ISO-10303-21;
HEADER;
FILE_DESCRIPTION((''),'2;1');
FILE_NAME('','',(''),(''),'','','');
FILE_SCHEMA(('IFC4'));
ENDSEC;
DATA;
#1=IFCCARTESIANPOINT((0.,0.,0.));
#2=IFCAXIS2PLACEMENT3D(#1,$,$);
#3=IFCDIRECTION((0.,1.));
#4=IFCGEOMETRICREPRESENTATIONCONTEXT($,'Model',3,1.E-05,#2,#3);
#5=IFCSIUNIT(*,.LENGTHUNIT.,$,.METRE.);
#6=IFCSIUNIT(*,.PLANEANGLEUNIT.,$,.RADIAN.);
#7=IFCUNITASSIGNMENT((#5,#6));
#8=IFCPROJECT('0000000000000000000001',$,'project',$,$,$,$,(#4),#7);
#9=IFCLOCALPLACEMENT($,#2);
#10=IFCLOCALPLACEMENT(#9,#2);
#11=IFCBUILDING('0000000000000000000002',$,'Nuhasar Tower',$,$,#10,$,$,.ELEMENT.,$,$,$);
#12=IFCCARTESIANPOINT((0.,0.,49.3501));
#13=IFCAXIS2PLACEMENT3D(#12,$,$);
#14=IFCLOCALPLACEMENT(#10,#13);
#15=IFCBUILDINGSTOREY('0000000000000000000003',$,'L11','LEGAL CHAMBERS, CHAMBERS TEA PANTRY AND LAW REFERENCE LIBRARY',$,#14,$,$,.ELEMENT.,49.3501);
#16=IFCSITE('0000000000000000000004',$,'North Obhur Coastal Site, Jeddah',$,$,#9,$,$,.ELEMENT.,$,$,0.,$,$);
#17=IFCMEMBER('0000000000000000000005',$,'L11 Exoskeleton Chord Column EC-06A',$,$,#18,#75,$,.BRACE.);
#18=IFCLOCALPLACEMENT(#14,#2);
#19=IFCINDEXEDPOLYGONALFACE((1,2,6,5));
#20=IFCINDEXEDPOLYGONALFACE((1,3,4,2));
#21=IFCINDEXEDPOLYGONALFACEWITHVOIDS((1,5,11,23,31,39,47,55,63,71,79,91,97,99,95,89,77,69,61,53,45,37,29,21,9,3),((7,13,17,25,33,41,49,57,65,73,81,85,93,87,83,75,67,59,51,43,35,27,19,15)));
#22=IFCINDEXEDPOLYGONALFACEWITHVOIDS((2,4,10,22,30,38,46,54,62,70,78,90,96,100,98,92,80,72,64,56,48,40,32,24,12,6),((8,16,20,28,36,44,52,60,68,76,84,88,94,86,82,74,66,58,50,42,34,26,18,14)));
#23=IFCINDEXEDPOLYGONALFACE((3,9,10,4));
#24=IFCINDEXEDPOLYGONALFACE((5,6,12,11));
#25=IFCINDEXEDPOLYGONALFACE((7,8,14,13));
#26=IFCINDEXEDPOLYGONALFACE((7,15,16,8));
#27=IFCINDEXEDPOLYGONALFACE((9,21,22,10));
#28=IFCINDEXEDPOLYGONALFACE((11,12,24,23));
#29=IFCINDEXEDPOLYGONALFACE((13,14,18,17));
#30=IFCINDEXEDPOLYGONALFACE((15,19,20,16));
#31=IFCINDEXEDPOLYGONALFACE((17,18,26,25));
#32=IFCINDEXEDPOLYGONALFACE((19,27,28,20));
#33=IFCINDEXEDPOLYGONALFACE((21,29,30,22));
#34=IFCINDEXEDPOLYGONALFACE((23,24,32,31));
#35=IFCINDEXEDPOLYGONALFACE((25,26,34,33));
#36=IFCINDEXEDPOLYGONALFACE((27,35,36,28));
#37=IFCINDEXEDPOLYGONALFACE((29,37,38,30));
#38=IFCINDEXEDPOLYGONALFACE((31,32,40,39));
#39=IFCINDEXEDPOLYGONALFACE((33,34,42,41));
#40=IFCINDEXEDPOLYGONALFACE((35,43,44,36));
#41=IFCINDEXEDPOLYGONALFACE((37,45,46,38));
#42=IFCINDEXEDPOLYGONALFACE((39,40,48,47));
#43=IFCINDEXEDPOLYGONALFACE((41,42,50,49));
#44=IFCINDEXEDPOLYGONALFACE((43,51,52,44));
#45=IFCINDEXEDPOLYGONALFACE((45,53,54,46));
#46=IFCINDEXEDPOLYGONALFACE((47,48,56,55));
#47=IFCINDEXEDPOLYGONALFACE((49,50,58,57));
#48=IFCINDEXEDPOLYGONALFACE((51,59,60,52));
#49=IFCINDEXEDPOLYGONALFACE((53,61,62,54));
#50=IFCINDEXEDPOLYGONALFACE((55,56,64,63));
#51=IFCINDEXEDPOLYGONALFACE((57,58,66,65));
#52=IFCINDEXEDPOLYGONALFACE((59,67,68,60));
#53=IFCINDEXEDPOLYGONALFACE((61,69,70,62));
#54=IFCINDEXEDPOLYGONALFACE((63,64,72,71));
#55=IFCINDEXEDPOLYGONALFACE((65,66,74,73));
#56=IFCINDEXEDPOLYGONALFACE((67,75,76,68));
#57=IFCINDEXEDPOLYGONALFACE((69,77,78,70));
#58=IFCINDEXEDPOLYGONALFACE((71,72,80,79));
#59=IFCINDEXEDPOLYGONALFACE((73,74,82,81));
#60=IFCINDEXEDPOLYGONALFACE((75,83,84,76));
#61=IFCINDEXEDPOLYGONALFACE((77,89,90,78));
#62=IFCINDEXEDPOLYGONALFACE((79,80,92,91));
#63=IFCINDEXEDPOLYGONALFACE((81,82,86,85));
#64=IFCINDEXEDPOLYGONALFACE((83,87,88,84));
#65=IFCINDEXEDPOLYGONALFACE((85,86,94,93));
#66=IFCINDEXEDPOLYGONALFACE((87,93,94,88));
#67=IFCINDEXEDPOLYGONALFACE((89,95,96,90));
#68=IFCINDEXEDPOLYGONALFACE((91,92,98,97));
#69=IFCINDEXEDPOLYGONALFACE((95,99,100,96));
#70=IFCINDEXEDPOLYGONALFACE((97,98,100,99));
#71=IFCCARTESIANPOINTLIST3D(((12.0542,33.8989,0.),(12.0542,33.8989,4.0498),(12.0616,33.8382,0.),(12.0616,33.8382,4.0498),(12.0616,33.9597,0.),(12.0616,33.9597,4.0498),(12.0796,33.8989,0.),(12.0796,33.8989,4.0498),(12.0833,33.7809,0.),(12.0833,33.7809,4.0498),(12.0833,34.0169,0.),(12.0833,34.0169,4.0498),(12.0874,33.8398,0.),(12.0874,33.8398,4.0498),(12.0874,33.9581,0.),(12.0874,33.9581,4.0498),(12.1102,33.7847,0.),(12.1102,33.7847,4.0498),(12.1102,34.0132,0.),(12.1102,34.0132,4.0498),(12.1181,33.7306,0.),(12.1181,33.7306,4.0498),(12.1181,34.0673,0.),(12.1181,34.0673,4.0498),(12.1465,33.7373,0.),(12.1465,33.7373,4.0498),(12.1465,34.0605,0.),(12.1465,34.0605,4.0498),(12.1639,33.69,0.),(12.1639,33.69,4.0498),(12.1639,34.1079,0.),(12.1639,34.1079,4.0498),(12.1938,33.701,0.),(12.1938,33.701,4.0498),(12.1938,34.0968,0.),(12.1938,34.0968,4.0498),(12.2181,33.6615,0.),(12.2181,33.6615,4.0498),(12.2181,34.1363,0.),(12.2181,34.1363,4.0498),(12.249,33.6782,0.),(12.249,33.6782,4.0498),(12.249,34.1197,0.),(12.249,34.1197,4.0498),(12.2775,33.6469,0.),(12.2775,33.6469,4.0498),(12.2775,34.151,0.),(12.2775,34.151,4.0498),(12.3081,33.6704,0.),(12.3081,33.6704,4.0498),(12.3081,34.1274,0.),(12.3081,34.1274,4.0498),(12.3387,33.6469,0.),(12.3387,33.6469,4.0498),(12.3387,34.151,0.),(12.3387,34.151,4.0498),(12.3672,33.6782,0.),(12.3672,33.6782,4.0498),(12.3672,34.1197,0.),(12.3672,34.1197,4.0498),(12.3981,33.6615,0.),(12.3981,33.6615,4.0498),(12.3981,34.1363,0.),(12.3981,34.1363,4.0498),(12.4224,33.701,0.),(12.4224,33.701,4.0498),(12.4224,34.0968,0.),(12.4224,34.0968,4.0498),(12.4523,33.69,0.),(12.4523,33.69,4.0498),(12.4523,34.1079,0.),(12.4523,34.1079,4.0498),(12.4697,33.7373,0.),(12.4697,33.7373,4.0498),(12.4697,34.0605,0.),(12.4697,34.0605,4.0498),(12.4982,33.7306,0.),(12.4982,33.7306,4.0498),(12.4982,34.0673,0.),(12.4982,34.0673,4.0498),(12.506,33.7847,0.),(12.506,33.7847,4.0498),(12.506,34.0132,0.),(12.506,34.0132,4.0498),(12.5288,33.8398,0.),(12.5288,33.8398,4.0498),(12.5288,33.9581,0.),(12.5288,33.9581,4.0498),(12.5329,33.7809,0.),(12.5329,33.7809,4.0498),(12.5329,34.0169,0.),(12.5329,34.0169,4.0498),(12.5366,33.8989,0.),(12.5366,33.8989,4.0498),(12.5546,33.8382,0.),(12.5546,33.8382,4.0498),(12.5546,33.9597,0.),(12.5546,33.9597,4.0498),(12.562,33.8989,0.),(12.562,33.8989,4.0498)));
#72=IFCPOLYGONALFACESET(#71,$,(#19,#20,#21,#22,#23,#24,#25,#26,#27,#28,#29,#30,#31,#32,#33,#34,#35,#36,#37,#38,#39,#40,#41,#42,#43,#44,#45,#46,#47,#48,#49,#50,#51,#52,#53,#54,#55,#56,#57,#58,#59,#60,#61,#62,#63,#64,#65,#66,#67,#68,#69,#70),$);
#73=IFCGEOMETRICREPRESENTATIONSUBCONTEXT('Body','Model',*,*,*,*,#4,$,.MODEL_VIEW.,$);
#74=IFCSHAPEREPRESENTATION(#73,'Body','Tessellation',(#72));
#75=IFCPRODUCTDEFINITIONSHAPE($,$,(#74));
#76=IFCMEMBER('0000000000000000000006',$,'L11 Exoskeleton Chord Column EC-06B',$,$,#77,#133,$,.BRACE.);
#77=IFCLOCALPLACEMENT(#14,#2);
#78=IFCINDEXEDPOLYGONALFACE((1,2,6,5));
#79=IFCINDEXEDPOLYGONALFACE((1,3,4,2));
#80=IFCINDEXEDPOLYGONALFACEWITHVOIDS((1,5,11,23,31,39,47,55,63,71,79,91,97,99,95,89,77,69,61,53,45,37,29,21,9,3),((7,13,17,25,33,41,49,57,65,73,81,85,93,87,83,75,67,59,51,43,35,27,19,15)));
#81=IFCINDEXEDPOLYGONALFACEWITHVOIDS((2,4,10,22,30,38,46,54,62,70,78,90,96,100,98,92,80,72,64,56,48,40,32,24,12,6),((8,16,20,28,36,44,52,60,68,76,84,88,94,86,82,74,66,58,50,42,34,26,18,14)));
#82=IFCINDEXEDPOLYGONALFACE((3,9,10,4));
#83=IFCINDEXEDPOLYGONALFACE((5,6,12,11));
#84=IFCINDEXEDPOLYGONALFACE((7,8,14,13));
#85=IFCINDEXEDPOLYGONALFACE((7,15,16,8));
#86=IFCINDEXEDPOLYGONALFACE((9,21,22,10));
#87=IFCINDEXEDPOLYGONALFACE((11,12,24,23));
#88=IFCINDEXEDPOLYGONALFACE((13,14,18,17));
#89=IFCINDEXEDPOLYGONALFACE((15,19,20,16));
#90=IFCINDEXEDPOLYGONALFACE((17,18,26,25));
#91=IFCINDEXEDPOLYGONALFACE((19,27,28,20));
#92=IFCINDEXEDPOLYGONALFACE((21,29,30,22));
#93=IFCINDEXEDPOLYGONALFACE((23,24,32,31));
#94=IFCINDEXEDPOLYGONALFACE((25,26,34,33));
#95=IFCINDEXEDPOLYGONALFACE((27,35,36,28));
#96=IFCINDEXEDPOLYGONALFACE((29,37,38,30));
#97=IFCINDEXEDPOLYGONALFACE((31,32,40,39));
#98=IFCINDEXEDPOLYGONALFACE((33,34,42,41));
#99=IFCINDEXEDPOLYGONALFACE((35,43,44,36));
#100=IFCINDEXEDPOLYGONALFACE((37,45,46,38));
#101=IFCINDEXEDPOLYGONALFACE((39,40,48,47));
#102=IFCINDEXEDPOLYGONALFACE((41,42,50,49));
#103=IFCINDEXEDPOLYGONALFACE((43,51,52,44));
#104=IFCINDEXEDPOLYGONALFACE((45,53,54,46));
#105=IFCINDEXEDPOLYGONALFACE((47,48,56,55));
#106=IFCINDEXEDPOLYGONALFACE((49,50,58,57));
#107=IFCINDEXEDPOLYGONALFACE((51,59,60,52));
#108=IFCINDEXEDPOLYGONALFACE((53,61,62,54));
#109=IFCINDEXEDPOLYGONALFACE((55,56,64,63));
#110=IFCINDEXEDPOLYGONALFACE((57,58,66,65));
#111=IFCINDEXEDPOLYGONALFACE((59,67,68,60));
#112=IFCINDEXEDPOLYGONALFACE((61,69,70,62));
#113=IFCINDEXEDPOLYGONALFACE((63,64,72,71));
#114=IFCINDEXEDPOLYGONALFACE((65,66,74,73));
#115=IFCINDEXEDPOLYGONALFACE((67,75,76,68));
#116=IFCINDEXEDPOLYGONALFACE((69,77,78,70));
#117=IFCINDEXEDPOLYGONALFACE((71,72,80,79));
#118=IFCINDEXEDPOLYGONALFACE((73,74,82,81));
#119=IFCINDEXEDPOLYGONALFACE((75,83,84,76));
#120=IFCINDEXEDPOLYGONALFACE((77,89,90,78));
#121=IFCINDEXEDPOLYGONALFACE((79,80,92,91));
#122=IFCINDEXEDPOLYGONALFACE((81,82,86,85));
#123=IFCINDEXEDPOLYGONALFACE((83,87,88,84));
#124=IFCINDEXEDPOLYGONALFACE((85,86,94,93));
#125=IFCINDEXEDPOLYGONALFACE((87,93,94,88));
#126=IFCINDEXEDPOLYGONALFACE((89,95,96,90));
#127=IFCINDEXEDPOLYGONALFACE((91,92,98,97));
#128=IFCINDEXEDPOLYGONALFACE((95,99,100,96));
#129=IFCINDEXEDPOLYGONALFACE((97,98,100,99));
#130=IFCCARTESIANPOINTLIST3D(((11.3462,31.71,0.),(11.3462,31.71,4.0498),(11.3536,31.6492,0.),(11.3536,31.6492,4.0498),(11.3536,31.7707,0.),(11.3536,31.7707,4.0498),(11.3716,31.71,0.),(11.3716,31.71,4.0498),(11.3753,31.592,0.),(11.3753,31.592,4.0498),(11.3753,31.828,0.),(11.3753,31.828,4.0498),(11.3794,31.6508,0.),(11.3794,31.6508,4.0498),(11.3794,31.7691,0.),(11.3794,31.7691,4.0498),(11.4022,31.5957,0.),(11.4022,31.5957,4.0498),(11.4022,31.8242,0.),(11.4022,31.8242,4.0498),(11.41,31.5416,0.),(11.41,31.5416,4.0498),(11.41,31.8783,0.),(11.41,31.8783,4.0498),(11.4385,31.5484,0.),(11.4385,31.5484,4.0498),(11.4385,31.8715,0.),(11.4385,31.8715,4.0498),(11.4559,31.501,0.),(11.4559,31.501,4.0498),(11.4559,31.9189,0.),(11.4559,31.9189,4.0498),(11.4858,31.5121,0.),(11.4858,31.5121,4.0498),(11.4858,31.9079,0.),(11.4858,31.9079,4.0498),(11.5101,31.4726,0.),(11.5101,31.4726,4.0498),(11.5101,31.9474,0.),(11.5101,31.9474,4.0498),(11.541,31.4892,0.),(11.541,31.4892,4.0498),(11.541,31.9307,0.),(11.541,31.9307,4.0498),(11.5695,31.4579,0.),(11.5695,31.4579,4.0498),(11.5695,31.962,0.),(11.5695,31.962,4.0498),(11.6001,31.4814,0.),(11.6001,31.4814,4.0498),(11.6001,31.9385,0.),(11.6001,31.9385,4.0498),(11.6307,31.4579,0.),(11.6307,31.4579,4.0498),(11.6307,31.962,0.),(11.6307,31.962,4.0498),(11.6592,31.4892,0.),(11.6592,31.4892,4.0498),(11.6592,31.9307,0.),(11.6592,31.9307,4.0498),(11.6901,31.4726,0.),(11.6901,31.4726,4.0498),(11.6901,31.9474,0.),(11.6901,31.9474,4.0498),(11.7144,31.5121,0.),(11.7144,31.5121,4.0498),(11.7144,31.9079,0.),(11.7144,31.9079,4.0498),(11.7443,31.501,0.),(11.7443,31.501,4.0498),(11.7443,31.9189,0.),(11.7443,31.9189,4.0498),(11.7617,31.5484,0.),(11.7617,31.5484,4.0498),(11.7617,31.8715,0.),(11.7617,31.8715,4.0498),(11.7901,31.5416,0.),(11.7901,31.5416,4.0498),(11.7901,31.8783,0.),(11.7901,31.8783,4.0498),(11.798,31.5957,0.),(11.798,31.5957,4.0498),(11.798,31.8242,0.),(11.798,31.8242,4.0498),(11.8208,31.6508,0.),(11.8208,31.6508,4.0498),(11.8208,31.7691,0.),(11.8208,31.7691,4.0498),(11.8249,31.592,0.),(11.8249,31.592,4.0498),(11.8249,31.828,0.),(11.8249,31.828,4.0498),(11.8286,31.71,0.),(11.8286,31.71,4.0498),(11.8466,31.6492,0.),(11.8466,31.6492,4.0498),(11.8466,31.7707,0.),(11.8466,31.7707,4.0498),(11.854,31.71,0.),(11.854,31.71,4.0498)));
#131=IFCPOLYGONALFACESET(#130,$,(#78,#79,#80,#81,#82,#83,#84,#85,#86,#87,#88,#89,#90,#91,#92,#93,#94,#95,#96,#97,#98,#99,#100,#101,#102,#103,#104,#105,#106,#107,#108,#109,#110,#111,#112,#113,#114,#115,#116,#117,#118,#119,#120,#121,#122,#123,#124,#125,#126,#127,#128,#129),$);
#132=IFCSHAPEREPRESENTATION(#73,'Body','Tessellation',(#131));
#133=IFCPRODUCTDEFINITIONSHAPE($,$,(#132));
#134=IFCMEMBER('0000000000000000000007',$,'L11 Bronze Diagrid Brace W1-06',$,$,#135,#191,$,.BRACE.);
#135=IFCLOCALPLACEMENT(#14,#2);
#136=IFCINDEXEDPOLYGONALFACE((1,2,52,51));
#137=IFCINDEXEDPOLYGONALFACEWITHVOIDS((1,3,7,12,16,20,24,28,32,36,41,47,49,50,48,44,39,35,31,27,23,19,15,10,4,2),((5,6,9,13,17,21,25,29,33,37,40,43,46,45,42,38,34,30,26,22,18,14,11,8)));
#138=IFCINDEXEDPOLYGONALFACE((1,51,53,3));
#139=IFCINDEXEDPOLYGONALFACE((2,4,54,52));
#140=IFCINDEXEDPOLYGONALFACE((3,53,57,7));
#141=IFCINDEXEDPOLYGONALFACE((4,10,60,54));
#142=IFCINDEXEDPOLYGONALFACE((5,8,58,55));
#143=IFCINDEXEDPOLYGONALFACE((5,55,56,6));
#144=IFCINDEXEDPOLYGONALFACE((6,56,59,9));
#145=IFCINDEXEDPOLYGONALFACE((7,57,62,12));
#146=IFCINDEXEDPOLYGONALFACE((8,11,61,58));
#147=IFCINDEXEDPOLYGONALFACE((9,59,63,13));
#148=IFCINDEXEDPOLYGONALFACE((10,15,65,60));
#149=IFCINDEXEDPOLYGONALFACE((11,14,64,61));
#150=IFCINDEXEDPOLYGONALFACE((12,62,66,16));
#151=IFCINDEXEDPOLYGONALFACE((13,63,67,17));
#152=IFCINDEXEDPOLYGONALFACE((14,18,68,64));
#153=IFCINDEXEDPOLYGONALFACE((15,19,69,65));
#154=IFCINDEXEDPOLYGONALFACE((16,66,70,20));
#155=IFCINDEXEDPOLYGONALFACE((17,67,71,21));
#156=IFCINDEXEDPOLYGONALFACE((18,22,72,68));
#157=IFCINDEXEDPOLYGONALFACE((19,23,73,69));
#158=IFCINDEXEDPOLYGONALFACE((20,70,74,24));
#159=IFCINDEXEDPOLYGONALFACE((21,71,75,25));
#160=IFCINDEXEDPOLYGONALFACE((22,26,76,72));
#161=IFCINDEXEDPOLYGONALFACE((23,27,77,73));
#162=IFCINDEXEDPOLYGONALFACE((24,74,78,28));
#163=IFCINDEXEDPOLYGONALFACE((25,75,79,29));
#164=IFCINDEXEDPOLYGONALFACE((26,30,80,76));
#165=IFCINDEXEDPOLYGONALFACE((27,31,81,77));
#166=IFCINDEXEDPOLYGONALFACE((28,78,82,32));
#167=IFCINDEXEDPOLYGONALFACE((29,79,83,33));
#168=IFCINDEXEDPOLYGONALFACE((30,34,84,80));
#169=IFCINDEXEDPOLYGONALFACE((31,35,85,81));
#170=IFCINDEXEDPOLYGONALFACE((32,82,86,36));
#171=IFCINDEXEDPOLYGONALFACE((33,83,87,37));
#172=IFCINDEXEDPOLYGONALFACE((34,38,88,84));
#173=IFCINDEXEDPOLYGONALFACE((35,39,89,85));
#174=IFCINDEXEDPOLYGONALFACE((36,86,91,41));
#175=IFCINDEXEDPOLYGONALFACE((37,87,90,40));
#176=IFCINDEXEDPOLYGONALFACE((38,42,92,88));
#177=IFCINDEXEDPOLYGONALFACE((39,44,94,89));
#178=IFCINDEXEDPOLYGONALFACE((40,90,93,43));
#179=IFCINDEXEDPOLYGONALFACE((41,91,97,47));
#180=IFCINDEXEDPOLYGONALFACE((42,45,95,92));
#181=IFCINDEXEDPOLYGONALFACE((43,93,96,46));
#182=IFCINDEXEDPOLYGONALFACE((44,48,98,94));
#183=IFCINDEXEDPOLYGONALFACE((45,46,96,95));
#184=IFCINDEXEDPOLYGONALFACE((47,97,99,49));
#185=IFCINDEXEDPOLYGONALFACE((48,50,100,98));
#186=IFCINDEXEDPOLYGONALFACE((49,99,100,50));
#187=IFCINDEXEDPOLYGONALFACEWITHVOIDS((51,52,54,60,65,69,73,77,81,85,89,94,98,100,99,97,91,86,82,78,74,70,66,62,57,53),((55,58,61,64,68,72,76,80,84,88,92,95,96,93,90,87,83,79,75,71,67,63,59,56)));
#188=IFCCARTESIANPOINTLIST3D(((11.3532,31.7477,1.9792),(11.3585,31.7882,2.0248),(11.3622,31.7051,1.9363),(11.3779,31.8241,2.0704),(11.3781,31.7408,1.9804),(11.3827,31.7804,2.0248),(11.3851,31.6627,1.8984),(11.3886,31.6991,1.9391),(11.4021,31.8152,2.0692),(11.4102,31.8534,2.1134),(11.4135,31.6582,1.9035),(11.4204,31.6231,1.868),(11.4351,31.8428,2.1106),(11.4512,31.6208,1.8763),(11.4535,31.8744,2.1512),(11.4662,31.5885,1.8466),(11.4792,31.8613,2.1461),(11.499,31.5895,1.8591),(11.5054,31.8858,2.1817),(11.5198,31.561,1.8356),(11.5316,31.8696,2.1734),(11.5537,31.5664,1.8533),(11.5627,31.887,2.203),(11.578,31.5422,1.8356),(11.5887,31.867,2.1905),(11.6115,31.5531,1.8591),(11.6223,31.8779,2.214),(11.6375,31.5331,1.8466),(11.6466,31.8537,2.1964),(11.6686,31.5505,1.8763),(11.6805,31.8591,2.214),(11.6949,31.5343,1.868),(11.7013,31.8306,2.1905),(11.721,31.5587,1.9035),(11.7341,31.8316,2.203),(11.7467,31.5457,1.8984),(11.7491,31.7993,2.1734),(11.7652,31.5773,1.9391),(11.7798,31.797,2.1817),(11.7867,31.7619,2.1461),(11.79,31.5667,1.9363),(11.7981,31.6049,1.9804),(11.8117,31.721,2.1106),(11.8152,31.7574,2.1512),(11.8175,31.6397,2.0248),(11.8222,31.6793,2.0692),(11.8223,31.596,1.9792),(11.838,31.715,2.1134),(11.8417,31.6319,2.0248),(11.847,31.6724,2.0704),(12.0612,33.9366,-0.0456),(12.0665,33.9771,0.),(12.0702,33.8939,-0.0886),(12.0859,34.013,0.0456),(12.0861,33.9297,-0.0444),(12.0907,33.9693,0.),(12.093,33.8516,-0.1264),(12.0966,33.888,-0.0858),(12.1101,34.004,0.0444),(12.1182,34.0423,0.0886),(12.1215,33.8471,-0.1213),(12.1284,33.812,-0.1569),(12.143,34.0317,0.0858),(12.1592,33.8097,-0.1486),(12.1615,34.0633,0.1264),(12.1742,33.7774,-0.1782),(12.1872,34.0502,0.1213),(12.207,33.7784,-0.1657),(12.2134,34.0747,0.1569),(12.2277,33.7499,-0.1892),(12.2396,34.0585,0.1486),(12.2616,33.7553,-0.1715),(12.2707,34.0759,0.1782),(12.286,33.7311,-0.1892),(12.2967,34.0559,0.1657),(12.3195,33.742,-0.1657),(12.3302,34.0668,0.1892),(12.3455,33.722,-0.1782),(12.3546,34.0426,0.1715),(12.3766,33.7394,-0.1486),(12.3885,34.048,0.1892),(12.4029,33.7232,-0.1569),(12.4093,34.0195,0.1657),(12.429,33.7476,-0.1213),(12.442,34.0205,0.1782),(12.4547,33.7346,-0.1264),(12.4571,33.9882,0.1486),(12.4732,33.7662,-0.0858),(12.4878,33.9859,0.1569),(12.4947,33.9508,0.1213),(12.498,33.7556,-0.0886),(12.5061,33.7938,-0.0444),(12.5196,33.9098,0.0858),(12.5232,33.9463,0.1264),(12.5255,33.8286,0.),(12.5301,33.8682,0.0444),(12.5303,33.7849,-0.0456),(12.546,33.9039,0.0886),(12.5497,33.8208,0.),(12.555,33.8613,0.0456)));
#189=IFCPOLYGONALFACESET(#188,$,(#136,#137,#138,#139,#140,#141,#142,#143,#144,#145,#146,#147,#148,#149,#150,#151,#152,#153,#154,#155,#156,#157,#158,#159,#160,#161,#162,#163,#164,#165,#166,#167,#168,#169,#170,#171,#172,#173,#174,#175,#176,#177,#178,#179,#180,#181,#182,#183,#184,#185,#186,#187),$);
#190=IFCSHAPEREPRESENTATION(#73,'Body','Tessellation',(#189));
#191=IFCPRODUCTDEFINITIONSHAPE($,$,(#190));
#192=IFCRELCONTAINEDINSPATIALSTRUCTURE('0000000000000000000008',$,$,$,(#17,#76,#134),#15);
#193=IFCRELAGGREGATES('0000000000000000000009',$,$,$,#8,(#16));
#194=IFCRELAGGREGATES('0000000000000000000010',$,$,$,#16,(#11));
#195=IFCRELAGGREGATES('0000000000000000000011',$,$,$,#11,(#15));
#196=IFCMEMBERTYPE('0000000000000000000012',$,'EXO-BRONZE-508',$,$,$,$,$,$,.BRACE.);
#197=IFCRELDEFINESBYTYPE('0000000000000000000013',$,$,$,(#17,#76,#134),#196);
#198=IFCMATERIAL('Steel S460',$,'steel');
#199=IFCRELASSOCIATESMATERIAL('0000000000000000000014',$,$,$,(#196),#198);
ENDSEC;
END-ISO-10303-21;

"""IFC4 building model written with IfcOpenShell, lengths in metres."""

from ifc_helpers import new_model, si_unit, direction, frame, origin, origin_2d, place, context, subcontext, project, spatial, hollow_circle, extrude, material, material_profile, profile_set, type_object, element, save


model = new_model("IFC4")

# Units and contexts
model_context = context("Model", 3, precision=1e-05, world=origin(), true_north=direction((0.0, 1.0)))
body_context = subcontext(model_context, "Body", "Model", "MODEL_VIEW")
ifc_project = project(units=[si_unit("LENGTHUNIT", "METRE"), si_unit("PLANEANGLEUNIT", "RADIAN")], contexts=[model_context])

# Site, building, storey
site_placement = place(None, origin())
site = spatial("IfcSite", under=ifc_project, at=site_placement, Name="North Obhur Coastal Site, Jeddah", CompositionType="ELEMENT", RefElevation=0.0)
building_placement = place(site_placement, origin())
building = spatial("IfcBuilding", under=site, at=building_placement, Name="Nuhasar Tower", CompositionType="ELEMENT")
storey_placement = place(building_placement, frame((0.0, 0.0, 49.3501)))
storey = spatial("IfcBuildingStorey", under=building, at=storey_placement, Name="L11", Description="LEGAL CHAMBERS, CHAMBERS TEA PANTRY AND LAW REFERENCE LIBRARY", CompositionType="ELEMENT", Elevation=49.3501)

# Members
ifc_material_1 = material(Name="Steel S460", Category="steel")
ifc_material_profile_1 = material_profile(ifc_material_1, hollow_circle(Radius=0.2539, WallThickness=0.0254, at=origin_2d()), Name="HSS508X25.4")
ifc_profile_set_1 = profile_set([ifc_material_profile_1], Name="Steel S460")
member_type_1 = type_object("IfcMemberType", Name="EXO-BRONZE-508", PredefinedType="BRACE", material=ifc_profile_set_1)
for number, where, z_axis, x_axis, name in (
    (1, (12.3081, 33.8989, 0.0), (0.0, 0.0, 1.0), (1.0, 0.0, 0.0), "L11 Exoskeleton Chord Column EC-06A"),
    (2, (11.6001, 31.71, 0.0), (0.0, 0.0, 1.0), (1.0, 0.0, 0.0), "L11 Exoskeleton Chord Column EC-06B"),
):
    element("IfcMember", number, at=place(storey_placement, frame(where, z_axis=z_axis, x_axis=x_axis)), inside=storey, type_object=member_type_1, Name=name, PredefinedType="BRACE", context=body_context, shape_type="SweptSolid", body=[
        extrude(hollow_circle(Radius=0.2539, WallThickness=0.0254, at=origin_2d()), origin(), (0.0, 0.0, 1.0), 4.0498),
    ])
for number, where, z_axis, x_axis, name in (
    (3, (12.3081, 33.8989, 0.0), (-0.231012, -0.714225, 0.660694), (0.951468, -0.307747, 0.0), "L11 Bronze Diagrid Brace W1-06"),
):
    element("IfcMember", number, at=place(storey_placement, frame(where, z_axis=z_axis, x_axis=x_axis)), inside=storey, type_object=member_type_1, Name=name, PredefinedType="BRACE", context=body_context, shape_type="SweptSolid", body=[
        extrude(hollow_circle(Radius=0.2539, WallThickness=0.0254, at=origin_2d()), origin(), (0.0, 0.0, 1.0), 3.0647),
    ])

save(model, "model.ifc")
